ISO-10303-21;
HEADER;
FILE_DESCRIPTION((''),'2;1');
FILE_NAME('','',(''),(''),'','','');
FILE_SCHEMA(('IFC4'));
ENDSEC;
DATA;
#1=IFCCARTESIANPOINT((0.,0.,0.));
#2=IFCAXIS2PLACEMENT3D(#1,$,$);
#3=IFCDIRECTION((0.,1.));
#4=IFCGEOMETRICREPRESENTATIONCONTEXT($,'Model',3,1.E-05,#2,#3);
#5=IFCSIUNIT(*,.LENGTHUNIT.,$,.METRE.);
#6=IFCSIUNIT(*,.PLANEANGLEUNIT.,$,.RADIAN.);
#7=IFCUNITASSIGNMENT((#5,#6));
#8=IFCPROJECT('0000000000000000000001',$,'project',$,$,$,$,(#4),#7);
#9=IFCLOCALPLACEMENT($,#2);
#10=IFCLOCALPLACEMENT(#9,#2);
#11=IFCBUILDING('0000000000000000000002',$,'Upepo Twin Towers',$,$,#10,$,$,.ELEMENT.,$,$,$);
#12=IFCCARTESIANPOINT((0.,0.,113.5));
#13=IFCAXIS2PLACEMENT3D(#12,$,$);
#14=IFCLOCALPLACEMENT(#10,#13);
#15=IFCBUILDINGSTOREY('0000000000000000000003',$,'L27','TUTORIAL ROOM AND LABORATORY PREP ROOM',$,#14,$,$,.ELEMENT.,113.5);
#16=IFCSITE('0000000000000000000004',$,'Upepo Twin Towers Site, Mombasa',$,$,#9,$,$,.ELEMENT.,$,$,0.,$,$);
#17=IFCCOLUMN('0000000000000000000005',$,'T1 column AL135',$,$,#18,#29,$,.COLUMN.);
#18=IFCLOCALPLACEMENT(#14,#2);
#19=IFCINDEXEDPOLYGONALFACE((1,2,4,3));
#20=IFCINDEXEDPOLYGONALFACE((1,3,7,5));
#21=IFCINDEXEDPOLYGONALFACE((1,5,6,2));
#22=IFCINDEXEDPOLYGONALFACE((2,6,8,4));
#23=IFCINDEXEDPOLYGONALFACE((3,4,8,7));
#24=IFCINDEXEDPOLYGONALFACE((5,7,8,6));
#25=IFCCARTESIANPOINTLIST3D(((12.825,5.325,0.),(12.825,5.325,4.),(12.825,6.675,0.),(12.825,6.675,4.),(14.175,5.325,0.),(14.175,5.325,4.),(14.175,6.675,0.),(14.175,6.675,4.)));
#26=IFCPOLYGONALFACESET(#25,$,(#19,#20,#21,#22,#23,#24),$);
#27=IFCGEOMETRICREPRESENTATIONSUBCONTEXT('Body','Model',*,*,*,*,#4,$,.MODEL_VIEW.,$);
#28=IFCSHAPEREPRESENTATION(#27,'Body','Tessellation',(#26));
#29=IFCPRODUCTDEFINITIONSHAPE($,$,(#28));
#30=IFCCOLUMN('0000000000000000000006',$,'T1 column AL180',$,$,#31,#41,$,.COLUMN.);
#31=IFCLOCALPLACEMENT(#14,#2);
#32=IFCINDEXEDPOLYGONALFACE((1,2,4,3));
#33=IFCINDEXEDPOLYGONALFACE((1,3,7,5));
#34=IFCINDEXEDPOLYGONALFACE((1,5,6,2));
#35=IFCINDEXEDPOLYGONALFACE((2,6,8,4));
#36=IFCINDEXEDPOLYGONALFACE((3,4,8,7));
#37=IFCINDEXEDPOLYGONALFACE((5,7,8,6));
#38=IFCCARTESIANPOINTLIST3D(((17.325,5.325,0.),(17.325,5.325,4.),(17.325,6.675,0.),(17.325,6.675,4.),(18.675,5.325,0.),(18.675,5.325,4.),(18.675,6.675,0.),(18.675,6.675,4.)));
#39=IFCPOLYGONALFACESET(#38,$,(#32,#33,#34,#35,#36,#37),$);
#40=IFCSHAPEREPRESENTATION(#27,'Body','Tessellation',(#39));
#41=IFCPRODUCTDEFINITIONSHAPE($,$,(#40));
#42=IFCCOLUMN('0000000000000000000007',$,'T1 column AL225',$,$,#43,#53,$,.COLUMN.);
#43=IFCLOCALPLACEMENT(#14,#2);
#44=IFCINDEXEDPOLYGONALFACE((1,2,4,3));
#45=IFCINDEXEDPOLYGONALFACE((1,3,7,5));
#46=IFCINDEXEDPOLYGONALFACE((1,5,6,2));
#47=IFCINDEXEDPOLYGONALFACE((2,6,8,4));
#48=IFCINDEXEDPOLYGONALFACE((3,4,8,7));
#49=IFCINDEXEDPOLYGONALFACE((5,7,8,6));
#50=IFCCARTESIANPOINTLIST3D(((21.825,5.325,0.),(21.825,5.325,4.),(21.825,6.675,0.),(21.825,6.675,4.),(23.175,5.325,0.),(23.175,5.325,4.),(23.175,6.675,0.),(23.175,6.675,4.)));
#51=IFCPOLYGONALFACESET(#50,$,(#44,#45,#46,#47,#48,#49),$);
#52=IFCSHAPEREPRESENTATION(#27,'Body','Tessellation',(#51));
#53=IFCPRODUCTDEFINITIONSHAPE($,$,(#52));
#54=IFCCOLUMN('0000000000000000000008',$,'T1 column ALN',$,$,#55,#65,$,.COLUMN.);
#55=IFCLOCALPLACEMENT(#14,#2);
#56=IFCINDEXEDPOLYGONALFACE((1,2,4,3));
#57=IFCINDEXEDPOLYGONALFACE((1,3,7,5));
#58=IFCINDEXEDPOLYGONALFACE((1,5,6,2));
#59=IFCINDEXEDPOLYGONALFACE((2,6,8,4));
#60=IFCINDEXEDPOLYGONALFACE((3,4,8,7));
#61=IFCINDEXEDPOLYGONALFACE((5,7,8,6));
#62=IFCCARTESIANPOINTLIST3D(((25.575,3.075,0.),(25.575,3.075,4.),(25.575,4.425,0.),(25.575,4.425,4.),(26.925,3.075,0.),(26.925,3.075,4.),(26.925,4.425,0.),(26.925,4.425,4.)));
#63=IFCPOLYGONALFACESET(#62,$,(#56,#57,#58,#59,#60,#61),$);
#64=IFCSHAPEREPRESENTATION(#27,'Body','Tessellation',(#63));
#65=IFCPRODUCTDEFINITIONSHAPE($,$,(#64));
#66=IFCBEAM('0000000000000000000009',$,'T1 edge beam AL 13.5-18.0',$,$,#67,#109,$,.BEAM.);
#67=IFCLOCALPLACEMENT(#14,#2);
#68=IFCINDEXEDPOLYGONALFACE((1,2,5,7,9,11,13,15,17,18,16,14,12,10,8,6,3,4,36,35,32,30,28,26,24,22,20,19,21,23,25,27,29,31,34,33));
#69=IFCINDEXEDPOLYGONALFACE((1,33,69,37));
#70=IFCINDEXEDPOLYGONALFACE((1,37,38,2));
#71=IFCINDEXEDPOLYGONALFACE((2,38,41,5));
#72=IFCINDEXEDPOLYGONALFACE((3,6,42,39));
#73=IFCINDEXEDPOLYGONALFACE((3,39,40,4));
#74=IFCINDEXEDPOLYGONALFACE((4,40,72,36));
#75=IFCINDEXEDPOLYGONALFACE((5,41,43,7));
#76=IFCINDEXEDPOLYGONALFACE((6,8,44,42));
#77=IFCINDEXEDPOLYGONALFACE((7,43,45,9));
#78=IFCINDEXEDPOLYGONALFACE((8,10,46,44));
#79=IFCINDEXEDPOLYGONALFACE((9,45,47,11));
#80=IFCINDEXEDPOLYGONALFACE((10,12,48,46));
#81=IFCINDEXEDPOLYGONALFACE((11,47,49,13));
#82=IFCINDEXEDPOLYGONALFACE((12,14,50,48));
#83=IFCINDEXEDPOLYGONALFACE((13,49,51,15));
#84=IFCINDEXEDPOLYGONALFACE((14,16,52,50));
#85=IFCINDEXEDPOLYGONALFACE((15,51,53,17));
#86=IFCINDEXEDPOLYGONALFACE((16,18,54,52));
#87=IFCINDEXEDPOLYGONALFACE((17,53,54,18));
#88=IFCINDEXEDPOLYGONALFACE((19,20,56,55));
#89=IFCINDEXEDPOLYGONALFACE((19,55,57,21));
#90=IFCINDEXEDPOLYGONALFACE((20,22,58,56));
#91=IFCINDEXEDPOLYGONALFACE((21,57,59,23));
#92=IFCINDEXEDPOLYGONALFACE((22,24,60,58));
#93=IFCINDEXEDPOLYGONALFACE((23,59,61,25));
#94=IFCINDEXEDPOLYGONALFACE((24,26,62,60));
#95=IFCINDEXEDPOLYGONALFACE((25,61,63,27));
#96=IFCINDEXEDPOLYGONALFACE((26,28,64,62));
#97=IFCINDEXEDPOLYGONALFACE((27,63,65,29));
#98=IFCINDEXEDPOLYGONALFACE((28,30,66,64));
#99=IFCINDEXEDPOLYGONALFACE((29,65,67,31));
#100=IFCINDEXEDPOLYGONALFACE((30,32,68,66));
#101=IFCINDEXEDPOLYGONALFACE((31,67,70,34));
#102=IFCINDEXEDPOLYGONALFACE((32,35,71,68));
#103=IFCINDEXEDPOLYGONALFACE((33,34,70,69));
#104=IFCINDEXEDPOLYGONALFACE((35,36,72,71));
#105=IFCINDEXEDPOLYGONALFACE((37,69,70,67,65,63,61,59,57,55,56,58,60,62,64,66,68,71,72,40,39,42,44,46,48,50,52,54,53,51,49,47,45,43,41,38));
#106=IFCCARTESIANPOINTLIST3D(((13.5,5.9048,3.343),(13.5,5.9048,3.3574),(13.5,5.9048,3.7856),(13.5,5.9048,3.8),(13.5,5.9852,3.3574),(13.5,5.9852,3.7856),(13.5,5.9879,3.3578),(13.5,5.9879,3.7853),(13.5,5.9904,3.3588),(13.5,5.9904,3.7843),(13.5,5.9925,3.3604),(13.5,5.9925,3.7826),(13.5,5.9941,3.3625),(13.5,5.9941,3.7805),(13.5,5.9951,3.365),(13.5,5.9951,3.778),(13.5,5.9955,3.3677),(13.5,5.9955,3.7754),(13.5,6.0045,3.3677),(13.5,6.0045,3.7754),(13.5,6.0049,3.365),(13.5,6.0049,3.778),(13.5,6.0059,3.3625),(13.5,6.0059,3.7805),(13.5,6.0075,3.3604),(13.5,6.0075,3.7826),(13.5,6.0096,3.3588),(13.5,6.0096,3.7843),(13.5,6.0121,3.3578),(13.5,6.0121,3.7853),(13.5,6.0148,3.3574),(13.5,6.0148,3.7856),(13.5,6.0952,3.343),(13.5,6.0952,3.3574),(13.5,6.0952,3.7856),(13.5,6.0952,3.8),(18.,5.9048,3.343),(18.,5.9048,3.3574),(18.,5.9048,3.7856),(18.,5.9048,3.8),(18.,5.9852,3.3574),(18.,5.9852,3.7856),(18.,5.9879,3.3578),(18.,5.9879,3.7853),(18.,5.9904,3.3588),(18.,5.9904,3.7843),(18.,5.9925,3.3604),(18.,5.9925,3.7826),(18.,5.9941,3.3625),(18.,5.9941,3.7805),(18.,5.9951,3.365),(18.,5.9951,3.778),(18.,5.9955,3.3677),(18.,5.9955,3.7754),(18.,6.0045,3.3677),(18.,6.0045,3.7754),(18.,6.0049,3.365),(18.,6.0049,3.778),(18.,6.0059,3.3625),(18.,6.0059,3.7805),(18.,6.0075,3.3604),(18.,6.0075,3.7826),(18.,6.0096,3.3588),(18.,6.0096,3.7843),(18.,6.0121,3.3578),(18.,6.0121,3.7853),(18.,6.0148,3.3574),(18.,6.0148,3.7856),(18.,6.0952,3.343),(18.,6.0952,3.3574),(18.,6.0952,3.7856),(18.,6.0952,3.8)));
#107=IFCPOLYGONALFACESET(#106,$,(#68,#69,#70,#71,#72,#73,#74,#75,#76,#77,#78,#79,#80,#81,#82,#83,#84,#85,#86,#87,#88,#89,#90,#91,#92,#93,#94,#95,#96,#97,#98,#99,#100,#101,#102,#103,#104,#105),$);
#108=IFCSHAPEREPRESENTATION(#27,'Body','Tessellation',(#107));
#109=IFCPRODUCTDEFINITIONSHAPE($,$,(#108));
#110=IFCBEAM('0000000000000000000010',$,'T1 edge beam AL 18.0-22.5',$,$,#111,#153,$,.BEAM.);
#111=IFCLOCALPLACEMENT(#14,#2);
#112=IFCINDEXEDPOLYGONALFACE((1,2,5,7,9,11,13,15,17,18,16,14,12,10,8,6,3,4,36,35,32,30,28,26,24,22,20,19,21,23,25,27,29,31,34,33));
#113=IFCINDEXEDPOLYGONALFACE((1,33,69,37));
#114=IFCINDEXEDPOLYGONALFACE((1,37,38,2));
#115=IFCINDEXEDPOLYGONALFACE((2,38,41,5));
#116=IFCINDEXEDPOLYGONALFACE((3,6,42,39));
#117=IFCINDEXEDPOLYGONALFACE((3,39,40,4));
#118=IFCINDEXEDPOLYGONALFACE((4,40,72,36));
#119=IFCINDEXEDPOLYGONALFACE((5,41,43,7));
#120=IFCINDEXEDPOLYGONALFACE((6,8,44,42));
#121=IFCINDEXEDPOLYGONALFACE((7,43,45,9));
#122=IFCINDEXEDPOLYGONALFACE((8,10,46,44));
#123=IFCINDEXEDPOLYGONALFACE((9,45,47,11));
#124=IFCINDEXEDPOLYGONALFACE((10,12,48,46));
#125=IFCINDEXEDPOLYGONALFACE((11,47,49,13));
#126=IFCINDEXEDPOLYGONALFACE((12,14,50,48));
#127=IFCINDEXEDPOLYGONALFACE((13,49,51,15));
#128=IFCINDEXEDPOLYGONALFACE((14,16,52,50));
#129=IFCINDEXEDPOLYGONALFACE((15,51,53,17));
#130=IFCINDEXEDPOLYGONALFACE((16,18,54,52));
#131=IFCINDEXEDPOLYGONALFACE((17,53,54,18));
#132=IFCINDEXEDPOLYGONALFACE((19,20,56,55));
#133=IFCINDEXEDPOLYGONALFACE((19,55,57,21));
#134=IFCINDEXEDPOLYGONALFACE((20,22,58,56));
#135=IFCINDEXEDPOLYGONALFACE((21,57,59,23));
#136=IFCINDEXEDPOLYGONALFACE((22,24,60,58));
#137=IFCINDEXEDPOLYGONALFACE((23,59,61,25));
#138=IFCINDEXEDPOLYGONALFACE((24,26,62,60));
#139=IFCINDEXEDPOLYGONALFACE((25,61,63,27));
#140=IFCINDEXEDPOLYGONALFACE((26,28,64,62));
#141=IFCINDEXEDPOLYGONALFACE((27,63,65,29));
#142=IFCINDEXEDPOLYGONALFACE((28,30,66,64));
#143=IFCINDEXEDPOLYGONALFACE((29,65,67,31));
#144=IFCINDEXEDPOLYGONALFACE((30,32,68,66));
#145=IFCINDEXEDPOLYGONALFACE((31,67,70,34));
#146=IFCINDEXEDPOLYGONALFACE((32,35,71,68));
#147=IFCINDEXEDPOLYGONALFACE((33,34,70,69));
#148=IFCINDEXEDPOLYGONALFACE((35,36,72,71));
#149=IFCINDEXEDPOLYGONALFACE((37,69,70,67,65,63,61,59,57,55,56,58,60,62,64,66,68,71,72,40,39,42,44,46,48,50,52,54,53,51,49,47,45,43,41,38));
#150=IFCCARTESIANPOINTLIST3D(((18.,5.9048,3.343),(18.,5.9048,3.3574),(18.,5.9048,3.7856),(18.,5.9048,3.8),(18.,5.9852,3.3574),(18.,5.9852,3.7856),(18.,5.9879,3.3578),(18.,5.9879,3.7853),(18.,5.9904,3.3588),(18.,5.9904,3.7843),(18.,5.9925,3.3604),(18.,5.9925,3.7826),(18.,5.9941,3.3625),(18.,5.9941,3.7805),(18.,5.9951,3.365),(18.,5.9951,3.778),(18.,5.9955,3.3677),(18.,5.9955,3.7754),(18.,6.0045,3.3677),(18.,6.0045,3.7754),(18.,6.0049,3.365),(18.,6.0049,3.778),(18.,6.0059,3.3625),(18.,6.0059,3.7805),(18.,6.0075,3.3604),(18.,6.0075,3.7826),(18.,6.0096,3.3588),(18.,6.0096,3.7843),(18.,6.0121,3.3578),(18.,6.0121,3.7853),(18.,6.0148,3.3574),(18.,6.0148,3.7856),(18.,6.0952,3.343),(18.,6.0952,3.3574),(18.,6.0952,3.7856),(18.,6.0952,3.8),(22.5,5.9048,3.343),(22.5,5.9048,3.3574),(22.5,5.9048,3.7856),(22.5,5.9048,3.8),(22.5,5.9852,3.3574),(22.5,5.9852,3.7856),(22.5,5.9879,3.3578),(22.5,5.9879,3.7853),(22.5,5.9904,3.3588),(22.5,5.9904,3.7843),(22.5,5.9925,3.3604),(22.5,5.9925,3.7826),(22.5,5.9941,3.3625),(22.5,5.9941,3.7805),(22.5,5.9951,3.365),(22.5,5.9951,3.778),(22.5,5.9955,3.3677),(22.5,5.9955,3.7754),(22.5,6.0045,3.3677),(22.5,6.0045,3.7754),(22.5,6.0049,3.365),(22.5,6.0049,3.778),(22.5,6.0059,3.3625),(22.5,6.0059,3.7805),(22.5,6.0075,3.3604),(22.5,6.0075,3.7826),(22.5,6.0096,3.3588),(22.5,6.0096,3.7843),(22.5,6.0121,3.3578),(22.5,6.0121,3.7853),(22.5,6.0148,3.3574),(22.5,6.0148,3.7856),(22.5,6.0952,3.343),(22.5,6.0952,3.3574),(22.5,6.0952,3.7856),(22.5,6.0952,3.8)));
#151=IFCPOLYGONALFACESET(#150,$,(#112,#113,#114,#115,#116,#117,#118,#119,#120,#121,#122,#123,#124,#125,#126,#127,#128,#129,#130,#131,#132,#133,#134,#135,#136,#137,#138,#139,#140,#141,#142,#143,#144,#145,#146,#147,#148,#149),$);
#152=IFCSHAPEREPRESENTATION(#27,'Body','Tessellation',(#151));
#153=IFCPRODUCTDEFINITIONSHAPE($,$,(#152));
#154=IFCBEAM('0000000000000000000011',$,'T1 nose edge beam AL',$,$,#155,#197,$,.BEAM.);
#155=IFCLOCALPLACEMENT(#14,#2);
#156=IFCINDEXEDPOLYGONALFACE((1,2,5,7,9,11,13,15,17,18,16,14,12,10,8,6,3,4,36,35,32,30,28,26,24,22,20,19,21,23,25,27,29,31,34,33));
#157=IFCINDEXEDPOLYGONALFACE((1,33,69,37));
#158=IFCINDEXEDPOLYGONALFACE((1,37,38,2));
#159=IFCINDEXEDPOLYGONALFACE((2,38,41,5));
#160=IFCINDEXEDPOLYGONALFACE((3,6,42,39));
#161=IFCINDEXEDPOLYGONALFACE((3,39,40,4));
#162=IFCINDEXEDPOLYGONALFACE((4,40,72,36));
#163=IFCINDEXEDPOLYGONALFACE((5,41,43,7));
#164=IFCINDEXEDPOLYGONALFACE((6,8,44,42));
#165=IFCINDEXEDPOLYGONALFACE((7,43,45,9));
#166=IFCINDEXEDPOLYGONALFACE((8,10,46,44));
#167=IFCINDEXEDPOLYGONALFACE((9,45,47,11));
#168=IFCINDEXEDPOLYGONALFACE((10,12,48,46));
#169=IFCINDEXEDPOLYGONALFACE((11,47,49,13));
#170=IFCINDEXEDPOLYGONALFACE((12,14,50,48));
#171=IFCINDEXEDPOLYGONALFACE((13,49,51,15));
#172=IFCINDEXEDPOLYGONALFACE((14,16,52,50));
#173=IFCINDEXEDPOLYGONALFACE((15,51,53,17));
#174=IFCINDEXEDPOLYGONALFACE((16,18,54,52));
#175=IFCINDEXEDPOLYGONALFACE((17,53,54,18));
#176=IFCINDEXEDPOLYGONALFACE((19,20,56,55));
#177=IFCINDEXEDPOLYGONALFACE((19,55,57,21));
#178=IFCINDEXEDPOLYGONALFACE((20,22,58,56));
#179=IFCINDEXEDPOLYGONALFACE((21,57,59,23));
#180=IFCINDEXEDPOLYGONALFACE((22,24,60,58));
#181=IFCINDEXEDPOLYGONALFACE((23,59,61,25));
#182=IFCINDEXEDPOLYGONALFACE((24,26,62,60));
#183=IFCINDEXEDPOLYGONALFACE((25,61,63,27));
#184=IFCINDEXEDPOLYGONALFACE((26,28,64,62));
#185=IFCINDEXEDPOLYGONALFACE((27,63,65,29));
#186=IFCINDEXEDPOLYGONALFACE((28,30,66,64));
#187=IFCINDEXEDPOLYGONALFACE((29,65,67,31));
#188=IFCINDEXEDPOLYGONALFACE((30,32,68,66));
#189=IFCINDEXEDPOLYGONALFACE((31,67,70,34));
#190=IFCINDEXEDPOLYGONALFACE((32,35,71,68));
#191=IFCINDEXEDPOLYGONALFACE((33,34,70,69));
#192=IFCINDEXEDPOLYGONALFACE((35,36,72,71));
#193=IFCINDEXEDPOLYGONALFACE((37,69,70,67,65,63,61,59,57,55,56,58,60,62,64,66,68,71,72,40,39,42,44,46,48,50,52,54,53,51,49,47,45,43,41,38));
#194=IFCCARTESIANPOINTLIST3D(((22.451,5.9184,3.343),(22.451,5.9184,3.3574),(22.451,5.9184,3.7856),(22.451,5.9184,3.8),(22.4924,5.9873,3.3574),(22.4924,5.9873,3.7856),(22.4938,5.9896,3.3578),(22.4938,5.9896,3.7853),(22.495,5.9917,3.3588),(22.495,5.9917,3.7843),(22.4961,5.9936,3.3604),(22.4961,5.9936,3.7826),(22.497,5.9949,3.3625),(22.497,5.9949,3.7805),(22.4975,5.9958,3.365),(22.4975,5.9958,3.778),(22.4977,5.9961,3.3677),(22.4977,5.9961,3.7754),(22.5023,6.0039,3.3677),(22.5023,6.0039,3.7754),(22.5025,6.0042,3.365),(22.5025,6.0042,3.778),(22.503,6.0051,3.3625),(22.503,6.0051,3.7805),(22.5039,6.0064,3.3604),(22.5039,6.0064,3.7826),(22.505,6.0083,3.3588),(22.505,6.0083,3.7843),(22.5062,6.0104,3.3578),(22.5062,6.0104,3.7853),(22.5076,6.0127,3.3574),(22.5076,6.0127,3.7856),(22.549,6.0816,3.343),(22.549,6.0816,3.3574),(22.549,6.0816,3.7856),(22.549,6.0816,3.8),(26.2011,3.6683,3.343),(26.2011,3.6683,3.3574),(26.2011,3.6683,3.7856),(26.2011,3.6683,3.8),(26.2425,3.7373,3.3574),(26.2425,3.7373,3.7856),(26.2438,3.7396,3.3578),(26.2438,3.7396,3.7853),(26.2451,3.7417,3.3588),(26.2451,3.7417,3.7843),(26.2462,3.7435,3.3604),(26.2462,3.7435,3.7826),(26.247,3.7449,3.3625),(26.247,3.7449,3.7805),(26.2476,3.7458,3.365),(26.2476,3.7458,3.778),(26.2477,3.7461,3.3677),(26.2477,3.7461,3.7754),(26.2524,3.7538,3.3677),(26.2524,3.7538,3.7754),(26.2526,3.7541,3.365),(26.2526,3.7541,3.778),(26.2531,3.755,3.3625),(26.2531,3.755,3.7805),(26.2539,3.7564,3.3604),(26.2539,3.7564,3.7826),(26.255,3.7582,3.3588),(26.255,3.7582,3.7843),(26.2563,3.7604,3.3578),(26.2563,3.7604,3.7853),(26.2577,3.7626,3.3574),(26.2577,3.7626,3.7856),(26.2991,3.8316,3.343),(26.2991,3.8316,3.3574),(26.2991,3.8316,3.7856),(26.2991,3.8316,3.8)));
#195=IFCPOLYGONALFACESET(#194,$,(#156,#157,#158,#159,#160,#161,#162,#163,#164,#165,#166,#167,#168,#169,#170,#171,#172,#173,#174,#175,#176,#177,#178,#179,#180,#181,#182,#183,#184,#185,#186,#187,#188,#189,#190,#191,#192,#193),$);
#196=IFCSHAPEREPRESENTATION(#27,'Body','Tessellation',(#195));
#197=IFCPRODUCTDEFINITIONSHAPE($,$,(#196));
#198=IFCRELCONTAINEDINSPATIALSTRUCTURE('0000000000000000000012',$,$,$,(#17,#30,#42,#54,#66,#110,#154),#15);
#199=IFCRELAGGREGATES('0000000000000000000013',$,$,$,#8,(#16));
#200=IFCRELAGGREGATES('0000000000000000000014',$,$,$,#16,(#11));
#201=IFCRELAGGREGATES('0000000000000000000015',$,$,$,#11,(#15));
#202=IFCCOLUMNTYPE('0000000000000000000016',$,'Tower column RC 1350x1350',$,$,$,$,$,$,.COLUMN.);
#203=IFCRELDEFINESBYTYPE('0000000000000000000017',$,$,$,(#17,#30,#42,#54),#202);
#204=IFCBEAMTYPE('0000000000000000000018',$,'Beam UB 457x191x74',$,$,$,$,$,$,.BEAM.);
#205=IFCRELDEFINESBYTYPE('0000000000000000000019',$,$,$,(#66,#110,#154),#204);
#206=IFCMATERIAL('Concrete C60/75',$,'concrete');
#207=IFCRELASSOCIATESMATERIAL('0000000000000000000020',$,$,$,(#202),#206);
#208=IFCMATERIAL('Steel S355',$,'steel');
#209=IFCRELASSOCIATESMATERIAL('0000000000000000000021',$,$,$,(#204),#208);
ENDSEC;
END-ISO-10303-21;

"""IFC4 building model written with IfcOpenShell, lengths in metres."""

from ifc_helpers import new_model, si_unit, direction, frame, origin, origin_2d, place, context, subcontext, project, spatial, rectangle, i_section, extrude, material, material_profile, profile_set, type_object, element, save


model = new_model("IFC4")

# Units and contexts
model_context = context("Model", 3, precision=1e-05, world=origin(), true_north=direction((0.0, 1.0)))
body_context = subcontext(model_context, "Body", "Model", "MODEL_VIEW")
ifc_project = project(units=[si_unit("LENGTHUNIT", "METRE"), si_unit("PLANEANGLEUNIT", "RADIAN")], contexts=[model_context])

# Site, building, storey
site_placement = place(None, origin())
site = spatial("IfcSite", under=ifc_project, at=site_placement, Name="Upepo Twin Towers Site, Mombasa", CompositionType="ELEMENT", RefElevation=0.0)
building_placement = place(site_placement, origin())
building = spatial("IfcBuilding", under=site, at=building_placement, Name="Upepo Twin Towers", CompositionType="ELEMENT")
storey_placement = place(building_placement, frame((0.0, 0.0, 113.5)))
storey = spatial("IfcBuildingStorey", under=building, at=storey_placement, Name="L27", Description="TUTORIAL ROOM AND LABORATORY PREP ROOM", CompositionType="ELEMENT", Elevation=113.5)

# Columns
ifc_material_1 = material(Name="Concrete C60/75", Category="concrete")
ifc_material_profile_1 = material_profile(ifc_material_1, rectangle(XDim=1.3501, YDim=1.3501, at=origin_2d()), Name="RC 1350x1350")
ifc_profile_set_1 = profile_set([ifc_material_profile_1], Name="Concrete C60/75")
column_type = type_object("IfcColumnType", Name="Tower column RC 1350x1350", PredefinedType="COLUMN", material=ifc_profile_set_1)
for number, where, z_axis, x_axis, name in (
    (1, (13.5, 6.0, 0.0), (0.0, 0.0, 1.0), (1.0, 0.0, 0.0), "T1 column AL135"),
    (2, (18.0, 6.0, 0.0), (0.0, 0.0, 1.0), (1.0, 0.0, 0.0), "T1 column AL180"),
    (3, (22.5, 6.0, 0.0), (0.0, 0.0, 1.0), (1.0, 0.0, 0.0), "T1 column AL225"),
    (4, (26.25, 3.75, 0.0), (0.0, 0.0, 1.0), (1.0, 0.0, 0.0), "T1 column ALN"),
):
    element("IfcColumn", number, at=place(storey_placement, frame(where, z_axis=z_axis, x_axis=x_axis)), inside=storey, type_object=column_type, Name=name, PredefinedType="COLUMN", context=body_context, shape_type="SweptSolid", body=[
        extrude(rectangle(XDim=1.3501, YDim=1.3501, at=origin_2d()), origin(), (0.0, 0.0, 1.0), 4.0),
    ])

# Beams
ifc_material_2 = material(Name="Steel S355", Category="steel")
ifc_material_profile_2 = material_profile(ifc_material_2, i_section(OverallWidth=0.1904, OverallDepth=0.457, WebThickness=0.009, FlangeThickness=0.0144, FilletRadius=0.0103, at=origin_2d()), Name="UB 457x191x74")
ifc_profile_set_2 = profile_set([ifc_material_profile_2], Name="Steel S355")
beam_type_1 = type_object("IfcBeamType", Name="Beam UB 457x191x74", PredefinedType="BEAM", material=ifc_profile_set_2)
for number, where, z_axis, x_axis, name in (
    (5, (13.5, 6.0, 3.5715), (1.0, 0.0, 0.0), (0.0, 1.0, 0.0), "T1 edge beam AL 13.5-18.0"),
    (6, (18.0, 6.0, 3.5715), (1.0, 0.0, 0.0), (0.0, 1.0, 0.0), "T1 edge beam AL 18.0-22.5"),
):
    element("IfcBeam", number, at=place(storey_placement, frame(where, z_axis=z_axis, x_axis=x_axis)), inside=storey, type_object=beam_type_1, Name=name, PredefinedType="BEAM", context=body_context, shape_type="SweptSolid", body=[
        extrude(i_section(OverallWidth=0.1904, OverallDepth=0.457, WebThickness=0.009, FlangeThickness=0.0144, FilletRadius=0.0103, at=origin_2d()), origin(), (0.0, 0.0, 1.0), 4.5),
    ])
beam_1_placement = place(storey_placement, frame((22.5, 6.0, 3.5715), z_axis=(0.857493, -0.514496, 0.0), x_axis=(0.514496, 0.857493, 0.0)))
element("IfcBeam", 7, at=beam_1_placement, inside=storey, type_object=beam_type_1, Name="T1 nose edge beam AL", PredefinedType="BEAM", context=body_context, shape_type="SweptSolid", body=[
    extrude(i_section(OverallWidth=0.1904, OverallDepth=0.457, WebThickness=0.009, FlangeThickness=0.0144, FilletRadius=0.0103, at=origin_2d()), origin(), (0.0, 0.0, 1.0), 4.3733),
])

save(model, "model.ifc")
